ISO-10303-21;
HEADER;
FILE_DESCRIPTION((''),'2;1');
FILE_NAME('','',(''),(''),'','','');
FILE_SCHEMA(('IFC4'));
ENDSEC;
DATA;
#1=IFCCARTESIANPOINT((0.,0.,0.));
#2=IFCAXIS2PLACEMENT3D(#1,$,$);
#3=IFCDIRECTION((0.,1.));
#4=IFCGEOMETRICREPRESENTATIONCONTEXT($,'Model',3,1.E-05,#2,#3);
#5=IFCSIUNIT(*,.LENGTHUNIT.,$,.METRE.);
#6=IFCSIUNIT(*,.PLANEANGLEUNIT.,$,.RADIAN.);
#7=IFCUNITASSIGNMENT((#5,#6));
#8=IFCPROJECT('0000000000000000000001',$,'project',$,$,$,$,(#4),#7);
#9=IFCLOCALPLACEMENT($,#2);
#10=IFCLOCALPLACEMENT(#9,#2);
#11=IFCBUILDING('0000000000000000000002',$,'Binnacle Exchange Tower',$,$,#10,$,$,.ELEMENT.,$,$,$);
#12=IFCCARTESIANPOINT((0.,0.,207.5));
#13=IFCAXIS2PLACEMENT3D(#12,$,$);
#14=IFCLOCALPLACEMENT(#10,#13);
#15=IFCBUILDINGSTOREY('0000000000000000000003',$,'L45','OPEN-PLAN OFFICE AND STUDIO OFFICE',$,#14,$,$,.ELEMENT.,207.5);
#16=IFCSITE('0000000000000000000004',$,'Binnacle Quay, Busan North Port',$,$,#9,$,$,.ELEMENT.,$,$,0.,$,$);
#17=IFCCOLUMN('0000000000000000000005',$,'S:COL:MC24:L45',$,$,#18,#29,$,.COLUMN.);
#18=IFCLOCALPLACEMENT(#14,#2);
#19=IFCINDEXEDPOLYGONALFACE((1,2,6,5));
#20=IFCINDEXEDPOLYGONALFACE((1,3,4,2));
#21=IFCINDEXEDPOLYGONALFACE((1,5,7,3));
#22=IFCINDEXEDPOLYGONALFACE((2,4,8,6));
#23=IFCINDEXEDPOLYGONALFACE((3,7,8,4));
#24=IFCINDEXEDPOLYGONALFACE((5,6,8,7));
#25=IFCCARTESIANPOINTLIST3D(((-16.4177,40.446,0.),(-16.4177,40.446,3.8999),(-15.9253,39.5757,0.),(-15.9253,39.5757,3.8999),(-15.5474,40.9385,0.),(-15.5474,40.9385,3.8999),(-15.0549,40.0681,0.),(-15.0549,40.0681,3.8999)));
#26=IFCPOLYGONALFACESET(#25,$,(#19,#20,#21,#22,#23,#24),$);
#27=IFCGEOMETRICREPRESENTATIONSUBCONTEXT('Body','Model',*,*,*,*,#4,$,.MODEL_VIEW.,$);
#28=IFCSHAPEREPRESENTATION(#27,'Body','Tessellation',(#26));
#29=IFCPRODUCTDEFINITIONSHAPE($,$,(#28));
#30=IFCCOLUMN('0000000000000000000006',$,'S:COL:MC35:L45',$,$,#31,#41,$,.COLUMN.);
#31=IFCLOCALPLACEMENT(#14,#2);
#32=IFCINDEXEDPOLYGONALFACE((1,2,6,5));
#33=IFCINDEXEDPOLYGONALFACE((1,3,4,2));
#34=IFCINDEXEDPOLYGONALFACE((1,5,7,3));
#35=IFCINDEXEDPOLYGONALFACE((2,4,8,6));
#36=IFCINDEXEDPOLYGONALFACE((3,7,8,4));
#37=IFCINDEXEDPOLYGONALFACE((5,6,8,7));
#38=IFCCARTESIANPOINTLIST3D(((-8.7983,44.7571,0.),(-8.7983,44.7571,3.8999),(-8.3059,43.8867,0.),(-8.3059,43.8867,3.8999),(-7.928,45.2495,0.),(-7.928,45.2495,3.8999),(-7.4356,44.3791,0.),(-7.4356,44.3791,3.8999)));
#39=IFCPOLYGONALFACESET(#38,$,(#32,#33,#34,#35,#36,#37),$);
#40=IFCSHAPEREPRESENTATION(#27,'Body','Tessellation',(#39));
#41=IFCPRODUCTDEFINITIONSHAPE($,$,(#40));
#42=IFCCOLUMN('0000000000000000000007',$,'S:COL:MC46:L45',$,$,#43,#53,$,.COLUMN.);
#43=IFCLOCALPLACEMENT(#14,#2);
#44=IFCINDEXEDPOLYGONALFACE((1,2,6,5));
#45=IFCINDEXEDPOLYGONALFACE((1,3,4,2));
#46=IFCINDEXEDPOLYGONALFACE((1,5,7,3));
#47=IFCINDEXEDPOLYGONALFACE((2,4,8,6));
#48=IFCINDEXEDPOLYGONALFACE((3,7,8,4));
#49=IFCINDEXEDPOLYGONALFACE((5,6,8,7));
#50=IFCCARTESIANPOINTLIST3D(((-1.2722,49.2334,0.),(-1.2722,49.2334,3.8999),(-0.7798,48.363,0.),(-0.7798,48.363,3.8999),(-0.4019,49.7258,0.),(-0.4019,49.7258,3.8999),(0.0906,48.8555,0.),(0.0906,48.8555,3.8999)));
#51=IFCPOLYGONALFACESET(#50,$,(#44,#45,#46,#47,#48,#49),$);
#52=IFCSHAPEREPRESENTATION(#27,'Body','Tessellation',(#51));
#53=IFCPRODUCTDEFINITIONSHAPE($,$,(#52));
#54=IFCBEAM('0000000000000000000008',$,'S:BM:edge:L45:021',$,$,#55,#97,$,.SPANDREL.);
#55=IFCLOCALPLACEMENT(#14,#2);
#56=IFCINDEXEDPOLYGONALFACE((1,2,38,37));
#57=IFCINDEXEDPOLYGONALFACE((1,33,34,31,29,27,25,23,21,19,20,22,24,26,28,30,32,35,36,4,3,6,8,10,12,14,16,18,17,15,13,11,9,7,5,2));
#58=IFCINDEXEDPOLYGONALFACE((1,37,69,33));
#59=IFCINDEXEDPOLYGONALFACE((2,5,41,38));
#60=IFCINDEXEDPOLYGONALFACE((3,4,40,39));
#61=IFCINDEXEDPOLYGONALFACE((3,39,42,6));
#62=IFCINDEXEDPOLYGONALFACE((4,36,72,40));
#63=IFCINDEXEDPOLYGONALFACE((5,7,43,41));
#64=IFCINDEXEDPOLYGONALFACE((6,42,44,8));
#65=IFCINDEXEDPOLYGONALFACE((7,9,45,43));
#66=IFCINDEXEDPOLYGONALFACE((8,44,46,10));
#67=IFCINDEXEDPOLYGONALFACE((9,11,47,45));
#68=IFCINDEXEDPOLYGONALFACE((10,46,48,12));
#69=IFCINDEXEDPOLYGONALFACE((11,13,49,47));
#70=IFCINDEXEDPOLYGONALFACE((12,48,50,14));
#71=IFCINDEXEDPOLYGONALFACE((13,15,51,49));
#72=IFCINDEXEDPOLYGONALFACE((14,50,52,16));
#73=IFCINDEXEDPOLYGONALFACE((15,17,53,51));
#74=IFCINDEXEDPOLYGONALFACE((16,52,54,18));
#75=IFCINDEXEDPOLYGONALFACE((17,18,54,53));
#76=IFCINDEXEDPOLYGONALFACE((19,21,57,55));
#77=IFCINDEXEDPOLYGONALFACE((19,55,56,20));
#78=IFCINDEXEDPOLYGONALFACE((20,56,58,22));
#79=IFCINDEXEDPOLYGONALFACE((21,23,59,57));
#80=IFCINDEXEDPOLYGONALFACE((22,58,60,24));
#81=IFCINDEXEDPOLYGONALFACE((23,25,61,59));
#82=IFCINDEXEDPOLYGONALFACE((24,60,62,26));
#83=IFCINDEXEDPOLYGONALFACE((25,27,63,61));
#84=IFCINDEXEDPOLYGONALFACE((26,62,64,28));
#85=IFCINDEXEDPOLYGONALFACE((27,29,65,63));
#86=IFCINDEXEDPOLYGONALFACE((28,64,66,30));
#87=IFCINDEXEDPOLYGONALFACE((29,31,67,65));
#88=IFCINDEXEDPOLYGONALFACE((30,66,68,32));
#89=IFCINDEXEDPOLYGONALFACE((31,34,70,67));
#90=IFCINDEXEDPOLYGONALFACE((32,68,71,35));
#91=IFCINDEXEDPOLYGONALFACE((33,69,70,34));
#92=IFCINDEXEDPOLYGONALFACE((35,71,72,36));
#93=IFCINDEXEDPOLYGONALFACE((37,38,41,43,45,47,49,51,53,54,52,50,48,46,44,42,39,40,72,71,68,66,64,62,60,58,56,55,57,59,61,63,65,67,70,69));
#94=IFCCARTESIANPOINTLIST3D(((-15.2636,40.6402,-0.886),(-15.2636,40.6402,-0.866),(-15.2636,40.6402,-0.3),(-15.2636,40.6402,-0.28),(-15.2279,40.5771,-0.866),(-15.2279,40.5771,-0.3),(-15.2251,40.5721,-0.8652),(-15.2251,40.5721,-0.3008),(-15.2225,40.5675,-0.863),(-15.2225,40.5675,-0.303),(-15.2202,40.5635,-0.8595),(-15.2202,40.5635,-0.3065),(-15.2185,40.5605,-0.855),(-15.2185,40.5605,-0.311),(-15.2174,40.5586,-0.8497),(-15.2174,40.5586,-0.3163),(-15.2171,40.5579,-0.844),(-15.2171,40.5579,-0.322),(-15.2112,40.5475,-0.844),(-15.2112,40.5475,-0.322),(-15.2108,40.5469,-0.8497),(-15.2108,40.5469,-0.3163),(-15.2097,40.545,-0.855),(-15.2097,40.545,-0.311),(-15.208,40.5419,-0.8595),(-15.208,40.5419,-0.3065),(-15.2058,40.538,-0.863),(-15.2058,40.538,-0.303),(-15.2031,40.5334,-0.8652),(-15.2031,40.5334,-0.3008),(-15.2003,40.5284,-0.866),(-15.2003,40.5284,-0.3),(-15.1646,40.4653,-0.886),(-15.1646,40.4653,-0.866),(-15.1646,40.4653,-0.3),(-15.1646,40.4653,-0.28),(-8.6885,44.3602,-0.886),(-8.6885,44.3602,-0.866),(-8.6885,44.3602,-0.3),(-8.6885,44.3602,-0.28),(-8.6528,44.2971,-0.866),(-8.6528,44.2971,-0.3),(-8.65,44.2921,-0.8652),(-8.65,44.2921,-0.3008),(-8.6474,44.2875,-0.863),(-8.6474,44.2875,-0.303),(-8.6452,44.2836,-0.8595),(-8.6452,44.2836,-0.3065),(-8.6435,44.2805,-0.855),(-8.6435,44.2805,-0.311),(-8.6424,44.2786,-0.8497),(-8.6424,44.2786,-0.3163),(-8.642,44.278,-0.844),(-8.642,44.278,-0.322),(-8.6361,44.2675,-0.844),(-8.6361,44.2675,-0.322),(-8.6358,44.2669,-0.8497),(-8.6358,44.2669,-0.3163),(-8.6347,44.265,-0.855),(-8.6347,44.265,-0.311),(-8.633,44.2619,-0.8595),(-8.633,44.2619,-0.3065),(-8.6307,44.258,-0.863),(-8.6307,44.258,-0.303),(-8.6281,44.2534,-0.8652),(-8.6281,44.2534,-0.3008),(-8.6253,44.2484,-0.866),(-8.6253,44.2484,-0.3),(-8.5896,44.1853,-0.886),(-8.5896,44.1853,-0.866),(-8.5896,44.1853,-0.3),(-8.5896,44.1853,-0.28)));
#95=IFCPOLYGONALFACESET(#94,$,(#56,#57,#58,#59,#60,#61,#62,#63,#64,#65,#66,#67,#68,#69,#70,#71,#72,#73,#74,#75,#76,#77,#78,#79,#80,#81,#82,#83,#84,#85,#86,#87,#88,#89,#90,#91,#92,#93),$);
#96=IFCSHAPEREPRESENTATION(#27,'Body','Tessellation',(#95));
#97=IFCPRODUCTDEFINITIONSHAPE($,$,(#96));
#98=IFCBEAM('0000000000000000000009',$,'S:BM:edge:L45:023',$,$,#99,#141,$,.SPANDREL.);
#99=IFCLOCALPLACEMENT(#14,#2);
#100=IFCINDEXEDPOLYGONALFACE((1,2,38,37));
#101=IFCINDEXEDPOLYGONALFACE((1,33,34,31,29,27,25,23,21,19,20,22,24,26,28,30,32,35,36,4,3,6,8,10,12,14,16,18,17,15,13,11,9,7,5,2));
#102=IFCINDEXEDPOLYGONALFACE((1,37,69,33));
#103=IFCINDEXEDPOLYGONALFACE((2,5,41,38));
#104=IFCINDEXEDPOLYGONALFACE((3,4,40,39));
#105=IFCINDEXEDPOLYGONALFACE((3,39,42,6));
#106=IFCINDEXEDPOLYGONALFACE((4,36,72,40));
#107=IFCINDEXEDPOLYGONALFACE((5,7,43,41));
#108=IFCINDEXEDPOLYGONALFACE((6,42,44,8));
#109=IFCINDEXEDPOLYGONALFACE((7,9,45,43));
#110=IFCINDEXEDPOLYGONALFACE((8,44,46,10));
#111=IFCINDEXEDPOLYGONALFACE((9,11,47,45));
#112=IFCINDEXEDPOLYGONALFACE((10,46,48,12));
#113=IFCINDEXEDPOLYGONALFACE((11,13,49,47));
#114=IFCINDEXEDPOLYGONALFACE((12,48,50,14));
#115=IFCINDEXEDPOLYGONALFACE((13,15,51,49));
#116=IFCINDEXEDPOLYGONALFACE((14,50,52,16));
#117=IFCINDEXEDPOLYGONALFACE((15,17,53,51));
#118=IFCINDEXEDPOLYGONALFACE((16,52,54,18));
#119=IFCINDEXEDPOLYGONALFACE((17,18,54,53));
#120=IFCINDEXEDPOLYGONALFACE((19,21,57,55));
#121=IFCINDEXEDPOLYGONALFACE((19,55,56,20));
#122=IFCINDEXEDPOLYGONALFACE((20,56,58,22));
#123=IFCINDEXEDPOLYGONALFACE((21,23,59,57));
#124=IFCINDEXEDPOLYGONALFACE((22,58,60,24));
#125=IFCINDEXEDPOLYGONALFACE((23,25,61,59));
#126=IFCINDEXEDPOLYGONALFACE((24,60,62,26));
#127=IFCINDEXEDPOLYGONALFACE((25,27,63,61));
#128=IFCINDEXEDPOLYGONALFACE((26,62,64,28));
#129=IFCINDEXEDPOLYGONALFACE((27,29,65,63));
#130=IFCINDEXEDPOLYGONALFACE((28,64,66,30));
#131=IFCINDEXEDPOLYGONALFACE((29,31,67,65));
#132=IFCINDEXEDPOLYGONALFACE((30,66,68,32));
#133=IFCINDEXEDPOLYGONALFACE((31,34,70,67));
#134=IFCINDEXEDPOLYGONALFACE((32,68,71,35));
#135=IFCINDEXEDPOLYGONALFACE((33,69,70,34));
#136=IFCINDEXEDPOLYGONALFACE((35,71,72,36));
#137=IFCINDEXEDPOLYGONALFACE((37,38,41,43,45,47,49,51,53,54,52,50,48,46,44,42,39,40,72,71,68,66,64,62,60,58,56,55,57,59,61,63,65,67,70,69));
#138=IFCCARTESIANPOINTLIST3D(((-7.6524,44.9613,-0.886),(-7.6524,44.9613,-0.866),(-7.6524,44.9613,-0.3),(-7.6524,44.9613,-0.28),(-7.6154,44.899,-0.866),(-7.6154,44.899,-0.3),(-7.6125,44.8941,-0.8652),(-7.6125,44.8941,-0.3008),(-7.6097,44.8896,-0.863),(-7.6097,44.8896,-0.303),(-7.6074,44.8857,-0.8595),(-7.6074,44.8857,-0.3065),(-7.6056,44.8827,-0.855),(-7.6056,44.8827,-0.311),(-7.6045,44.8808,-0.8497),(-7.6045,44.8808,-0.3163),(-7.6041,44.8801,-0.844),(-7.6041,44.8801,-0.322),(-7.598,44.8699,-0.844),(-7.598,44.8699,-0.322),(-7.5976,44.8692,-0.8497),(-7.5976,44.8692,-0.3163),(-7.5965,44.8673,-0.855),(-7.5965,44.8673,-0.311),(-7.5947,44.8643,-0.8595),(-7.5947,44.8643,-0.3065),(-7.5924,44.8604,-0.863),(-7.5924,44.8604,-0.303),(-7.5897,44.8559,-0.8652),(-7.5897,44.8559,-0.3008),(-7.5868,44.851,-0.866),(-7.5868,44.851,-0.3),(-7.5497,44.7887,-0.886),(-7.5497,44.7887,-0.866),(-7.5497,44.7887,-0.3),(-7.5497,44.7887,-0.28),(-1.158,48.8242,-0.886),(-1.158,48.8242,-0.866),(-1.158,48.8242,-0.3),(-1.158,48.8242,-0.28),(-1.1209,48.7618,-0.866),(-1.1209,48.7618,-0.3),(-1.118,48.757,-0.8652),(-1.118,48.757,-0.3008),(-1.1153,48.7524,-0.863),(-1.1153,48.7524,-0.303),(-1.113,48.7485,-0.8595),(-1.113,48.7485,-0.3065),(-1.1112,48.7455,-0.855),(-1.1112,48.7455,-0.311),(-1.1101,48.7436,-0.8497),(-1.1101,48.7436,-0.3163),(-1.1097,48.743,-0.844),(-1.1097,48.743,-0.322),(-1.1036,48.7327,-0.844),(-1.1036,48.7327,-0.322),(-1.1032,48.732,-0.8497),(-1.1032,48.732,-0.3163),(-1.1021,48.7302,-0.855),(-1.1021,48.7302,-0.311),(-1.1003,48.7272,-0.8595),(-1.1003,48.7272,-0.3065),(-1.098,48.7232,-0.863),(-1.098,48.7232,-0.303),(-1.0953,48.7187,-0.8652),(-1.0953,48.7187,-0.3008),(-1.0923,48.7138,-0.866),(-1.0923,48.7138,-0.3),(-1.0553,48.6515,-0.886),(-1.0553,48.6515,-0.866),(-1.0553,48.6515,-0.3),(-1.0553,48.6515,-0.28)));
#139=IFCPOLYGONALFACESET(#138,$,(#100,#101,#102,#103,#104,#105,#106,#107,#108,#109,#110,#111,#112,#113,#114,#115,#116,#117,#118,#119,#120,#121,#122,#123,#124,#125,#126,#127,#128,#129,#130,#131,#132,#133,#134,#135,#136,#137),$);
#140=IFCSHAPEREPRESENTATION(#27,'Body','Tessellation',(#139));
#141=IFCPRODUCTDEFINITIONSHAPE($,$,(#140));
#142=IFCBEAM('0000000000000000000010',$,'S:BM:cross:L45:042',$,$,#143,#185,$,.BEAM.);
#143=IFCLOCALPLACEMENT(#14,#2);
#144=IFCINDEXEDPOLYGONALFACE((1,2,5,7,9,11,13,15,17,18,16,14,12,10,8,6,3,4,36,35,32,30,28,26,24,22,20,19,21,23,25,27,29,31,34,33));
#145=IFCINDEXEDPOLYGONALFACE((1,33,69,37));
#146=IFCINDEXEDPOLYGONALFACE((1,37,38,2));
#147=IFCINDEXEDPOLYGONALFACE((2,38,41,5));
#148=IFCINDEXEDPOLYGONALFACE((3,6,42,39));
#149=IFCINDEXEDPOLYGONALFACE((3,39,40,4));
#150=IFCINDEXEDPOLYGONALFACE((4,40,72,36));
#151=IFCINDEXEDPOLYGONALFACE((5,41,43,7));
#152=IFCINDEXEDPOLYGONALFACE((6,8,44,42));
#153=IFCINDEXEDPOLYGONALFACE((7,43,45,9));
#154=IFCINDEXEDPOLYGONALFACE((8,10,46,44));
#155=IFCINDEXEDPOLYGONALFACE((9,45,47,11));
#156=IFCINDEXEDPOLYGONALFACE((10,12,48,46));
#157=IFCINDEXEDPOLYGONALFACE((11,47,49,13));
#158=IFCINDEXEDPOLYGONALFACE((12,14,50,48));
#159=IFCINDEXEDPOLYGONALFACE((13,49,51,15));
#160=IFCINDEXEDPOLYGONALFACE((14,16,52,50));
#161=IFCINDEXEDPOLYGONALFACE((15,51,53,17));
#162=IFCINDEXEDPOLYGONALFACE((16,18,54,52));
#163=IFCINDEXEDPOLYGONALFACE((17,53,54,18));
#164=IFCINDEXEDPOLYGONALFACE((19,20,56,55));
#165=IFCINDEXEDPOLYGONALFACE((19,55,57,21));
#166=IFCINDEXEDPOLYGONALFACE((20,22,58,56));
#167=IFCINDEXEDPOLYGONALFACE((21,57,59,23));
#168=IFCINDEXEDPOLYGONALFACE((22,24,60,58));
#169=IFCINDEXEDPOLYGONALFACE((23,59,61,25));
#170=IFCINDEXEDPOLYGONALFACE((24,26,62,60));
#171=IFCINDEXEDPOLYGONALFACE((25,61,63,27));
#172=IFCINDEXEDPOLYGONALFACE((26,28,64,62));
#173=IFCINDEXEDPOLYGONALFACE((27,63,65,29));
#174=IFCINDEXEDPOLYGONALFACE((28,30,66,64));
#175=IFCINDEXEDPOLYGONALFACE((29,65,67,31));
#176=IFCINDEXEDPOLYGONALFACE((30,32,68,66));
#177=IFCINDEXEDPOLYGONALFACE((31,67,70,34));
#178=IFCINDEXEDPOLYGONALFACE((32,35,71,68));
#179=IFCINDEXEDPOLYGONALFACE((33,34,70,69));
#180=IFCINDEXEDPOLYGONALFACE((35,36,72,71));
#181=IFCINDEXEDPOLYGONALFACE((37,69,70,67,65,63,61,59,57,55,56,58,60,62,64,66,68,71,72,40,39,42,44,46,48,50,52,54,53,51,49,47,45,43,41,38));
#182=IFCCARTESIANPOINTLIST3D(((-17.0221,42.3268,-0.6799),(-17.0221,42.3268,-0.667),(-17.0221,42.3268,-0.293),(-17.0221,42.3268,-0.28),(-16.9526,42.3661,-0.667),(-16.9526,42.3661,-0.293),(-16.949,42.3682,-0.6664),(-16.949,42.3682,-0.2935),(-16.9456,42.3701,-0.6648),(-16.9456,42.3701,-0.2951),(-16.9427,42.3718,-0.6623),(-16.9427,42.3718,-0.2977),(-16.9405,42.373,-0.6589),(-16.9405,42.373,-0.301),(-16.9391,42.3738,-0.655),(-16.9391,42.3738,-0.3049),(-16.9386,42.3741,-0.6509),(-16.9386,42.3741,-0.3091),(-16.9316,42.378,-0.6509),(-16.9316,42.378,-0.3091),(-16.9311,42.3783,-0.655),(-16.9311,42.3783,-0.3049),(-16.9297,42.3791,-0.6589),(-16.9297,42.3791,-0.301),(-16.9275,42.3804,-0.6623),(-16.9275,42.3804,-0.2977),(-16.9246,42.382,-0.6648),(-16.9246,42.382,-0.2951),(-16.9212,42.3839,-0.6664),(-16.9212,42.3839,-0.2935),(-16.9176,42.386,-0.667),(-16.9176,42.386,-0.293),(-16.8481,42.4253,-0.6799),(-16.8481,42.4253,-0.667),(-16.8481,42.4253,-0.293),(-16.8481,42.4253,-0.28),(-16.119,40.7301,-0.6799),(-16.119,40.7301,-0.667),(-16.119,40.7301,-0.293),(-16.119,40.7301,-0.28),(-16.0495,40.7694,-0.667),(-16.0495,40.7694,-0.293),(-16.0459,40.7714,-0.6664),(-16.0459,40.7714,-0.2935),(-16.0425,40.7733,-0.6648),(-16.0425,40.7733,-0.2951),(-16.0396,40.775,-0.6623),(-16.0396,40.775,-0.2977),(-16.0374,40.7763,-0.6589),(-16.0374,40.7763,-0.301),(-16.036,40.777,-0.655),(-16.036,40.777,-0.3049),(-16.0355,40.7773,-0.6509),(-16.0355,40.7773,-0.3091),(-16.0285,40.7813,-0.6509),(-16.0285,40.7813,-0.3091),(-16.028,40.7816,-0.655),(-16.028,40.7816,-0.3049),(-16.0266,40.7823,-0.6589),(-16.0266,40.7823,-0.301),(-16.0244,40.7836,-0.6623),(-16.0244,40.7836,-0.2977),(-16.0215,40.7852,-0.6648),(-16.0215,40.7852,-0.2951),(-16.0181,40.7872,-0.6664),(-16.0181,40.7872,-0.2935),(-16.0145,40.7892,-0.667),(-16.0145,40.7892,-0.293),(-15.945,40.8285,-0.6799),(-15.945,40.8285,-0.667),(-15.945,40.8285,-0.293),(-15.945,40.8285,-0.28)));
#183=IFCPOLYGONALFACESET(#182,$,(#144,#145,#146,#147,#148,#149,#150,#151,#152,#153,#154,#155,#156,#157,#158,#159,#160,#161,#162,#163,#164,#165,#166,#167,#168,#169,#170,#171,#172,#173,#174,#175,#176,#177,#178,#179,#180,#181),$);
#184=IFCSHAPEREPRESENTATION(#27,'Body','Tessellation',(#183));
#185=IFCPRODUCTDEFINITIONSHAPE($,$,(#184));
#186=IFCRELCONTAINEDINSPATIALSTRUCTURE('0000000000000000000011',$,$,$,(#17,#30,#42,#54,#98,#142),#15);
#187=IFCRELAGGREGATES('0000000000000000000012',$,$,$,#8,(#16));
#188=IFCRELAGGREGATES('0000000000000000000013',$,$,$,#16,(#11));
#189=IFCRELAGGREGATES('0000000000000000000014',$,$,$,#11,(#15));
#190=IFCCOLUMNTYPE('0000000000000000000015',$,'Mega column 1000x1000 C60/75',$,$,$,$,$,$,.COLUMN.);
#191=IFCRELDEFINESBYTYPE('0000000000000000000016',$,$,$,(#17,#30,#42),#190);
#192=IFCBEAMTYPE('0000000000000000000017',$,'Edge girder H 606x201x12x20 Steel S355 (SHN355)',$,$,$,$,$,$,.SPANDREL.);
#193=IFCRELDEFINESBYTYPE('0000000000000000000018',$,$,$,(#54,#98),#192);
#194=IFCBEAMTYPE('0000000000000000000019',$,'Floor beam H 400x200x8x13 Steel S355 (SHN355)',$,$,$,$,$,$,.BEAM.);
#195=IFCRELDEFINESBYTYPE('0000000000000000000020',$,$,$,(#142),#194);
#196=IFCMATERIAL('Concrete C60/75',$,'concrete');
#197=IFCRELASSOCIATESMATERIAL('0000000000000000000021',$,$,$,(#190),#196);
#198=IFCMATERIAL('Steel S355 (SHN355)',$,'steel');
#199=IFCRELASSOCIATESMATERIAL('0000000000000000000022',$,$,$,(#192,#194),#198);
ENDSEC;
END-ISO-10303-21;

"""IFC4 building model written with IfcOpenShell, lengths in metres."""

from ifc_helpers import new_model, si_unit, direction, frame, origin, origin_2d, place, context, subcontext, project, spatial, rectangle, i_section, extrude, material, material_profile, profile_set, type_object, element, save


model = new_model("IFC4")

# Units and contexts
model_context = context("Model", 3, precision=1e-05, world=origin(), true_north=direction((0.0, 1.0)))
body_context = subcontext(model_context, "Body", "Model", "MODEL_VIEW")
ifc_project = project(units=[si_unit("LENGTHUNIT", "METRE"), si_unit("PLANEANGLEUNIT", "RADIAN")], contexts=[model_context])

# Site, building, storey
site_placement = place(None, origin())
site = spatial("IfcSite", under=ifc_project, at=site_placement, Name="Binnacle Quay, Busan North Port", CompositionType="ELEMENT", RefElevation=0.0)
building_placement = place(site_placement, origin())
building = spatial("IfcBuilding", under=site, at=building_placement, Name="Binnacle Exchange Tower", CompositionType="ELEMENT")
storey_placement = place(building_placement, frame((0.0, 0.0, 207.5)))
storey = spatial("IfcBuildingStorey", under=building, at=storey_placement, Name="L45", Description="OPEN-PLAN OFFICE AND STUDIO OFFICE", CompositionType="ELEMENT", Elevation=207.5)

# Columns
ifc_material_1 = material(Name="Concrete C60/75", Category="concrete")
ifc_material_profile_1 = material_profile(ifc_material_1, rectangle(XDim=1.0, YDim=1.0, at=origin_2d()), Name="Mega column 1000x1000 C60/75")
ifc_profile_set_1 = profile_set([ifc_material_profile_1], Name="Concrete C60/75")
column_type = type_object("IfcColumnType", Name="Mega column 1000x1000 C60/75", PredefinedType="COLUMN", material=ifc_profile_set_1)
for number, where, z_axis, x_axis, name in (
    (1, (-15.7363, 40.2571, 0.0), (0.0, 0.0, 1.0), (0.870356, 0.492424, 0.0), "S:COL:MC24:L45"),
    (2, (-8.1169, 44.5681, 0.0), (0.0, 0.0, 1.0), (0.870356, 0.492424, 0.0), "S:COL:MC35:L45"),
    (3, (-0.5908, 49.0444, 0.0), (0.0, 0.0, 1.0), (0.870356, 0.492424, 0.0), "S:COL:MC46:L45"),
):
    element("IfcColumn", number, at=place(storey_placement, frame(where, z_axis=z_axis, x_axis=x_axis)), inside=storey, type_object=column_type, Name=name, PredefinedType="COLUMN", context=body_context, shape_type="SweptSolid", body=[
        extrude(rectangle(XDim=1.0, YDim=1.0, at=origin_2d()), origin(), (0.0, 0.0, 1.0), 3.8999),
    ])

# Beams
ifc_material_2 = material(Name="Steel S355 (SHN355)", Category="steel")
ifc_material_profile_2 = material_profile(ifc_material_2, i_section(OverallWidth=0.2009, OverallDepth=0.606, WebThickness=0.012, FlangeThickness=0.02, FilletRadius=0.022, at=origin_2d()), Name="H 606x201x12x20")
ifc_profile_set_2 = profile_set([ifc_material_profile_2], Name="Steel S355 (SHN355)")
beam_type_1 = type_object("IfcBeamType", Name="Edge girder H 606x201x12x20 Steel S355 (SHN355)", PredefinedType="SPANDREL", material=ifc_profile_set_2)
beam_1_placement = place(storey_placement, frame((-15.2141, 40.5527, -0.583), z_axis=(0.870353, 0.492428, 0.0), x_axis=(-0.492428, 0.870353, 0.0)))
element("IfcBeam", 4, at=beam_1_placement, inside=storey, type_object=beam_type_1, Name="S:BM:edge:L45:021", PredefinedType="SPANDREL", context=body_context, shape_type="SweptSolid", body=[
    extrude(i_section(OverallWidth=0.2009, OverallDepth=0.606, WebThickness=0.012, FlangeThickness=0.02, FilletRadius=0.022, at=origin_2d()), origin(), (0.0, 0.0, 1.0), 7.5544),
])
beam_2_placement = place(storey_placement, frame((-7.6011, 44.875, -0.583), z_axis=(0.859462, 0.511199, 0.0), x_axis=(-0.511199, 0.859462, 0.0)))
element("IfcBeam", 5, at=beam_2_placement, inside=storey, type_object=beam_type_1, Name="S:BM:edge:L45:023", PredefinedType="SPANDREL", context=body_context, shape_type="SweptSolid", body=[
    extrude(i_section(OverallWidth=0.2009, OverallDepth=0.606, WebThickness=0.012, FlangeThickness=0.02, FilletRadius=0.022, at=origin_2d()), origin(), (0.0, 0.0, 1.0), 7.5564),
])
ifc_material_profile_3 = material_profile(ifc_material_2, i_section(OverallWidth=0.2, OverallDepth=0.3999, WebThickness=0.0081, FlangeThickness=0.0129, FilletRadius=0.0161, at=origin_2d()), Name="H 400x200x8x13")
ifc_profile_set_3 = profile_set([ifc_material_profile_3], Name="Steel S355 (SHN355)")
beam_type_2 = type_object("IfcBeamType", Name="Floor beam H 400x200x8x13 Steel S355 (SHN355)", PredefinedType="BEAM", material=ifc_profile_set_3)
beam_3_placement = place(storey_placement, frame((-16.032, 40.7793, -0.48), z_axis=(-0.492307, 0.870422, 0.0), x_axis=(-0.870422, -0.492307, 0.0)))
element("IfcBeam", 6, at=beam_3_placement, inside=storey, type_object=beam_type_2, Name="S:BM:cross:L45:042", PredefinedType="BEAM", context=body_context, shape_type="SweptSolid", body=[
    extrude(i_section(OverallWidth=0.2, OverallDepth=0.3999, WebThickness=0.0081, FlangeThickness=0.0129, FilletRadius=0.0161, at=origin_2d()), origin(), (0.0, 0.0, 1.0), 1.8345),
])

save(model, "model.ifc")
